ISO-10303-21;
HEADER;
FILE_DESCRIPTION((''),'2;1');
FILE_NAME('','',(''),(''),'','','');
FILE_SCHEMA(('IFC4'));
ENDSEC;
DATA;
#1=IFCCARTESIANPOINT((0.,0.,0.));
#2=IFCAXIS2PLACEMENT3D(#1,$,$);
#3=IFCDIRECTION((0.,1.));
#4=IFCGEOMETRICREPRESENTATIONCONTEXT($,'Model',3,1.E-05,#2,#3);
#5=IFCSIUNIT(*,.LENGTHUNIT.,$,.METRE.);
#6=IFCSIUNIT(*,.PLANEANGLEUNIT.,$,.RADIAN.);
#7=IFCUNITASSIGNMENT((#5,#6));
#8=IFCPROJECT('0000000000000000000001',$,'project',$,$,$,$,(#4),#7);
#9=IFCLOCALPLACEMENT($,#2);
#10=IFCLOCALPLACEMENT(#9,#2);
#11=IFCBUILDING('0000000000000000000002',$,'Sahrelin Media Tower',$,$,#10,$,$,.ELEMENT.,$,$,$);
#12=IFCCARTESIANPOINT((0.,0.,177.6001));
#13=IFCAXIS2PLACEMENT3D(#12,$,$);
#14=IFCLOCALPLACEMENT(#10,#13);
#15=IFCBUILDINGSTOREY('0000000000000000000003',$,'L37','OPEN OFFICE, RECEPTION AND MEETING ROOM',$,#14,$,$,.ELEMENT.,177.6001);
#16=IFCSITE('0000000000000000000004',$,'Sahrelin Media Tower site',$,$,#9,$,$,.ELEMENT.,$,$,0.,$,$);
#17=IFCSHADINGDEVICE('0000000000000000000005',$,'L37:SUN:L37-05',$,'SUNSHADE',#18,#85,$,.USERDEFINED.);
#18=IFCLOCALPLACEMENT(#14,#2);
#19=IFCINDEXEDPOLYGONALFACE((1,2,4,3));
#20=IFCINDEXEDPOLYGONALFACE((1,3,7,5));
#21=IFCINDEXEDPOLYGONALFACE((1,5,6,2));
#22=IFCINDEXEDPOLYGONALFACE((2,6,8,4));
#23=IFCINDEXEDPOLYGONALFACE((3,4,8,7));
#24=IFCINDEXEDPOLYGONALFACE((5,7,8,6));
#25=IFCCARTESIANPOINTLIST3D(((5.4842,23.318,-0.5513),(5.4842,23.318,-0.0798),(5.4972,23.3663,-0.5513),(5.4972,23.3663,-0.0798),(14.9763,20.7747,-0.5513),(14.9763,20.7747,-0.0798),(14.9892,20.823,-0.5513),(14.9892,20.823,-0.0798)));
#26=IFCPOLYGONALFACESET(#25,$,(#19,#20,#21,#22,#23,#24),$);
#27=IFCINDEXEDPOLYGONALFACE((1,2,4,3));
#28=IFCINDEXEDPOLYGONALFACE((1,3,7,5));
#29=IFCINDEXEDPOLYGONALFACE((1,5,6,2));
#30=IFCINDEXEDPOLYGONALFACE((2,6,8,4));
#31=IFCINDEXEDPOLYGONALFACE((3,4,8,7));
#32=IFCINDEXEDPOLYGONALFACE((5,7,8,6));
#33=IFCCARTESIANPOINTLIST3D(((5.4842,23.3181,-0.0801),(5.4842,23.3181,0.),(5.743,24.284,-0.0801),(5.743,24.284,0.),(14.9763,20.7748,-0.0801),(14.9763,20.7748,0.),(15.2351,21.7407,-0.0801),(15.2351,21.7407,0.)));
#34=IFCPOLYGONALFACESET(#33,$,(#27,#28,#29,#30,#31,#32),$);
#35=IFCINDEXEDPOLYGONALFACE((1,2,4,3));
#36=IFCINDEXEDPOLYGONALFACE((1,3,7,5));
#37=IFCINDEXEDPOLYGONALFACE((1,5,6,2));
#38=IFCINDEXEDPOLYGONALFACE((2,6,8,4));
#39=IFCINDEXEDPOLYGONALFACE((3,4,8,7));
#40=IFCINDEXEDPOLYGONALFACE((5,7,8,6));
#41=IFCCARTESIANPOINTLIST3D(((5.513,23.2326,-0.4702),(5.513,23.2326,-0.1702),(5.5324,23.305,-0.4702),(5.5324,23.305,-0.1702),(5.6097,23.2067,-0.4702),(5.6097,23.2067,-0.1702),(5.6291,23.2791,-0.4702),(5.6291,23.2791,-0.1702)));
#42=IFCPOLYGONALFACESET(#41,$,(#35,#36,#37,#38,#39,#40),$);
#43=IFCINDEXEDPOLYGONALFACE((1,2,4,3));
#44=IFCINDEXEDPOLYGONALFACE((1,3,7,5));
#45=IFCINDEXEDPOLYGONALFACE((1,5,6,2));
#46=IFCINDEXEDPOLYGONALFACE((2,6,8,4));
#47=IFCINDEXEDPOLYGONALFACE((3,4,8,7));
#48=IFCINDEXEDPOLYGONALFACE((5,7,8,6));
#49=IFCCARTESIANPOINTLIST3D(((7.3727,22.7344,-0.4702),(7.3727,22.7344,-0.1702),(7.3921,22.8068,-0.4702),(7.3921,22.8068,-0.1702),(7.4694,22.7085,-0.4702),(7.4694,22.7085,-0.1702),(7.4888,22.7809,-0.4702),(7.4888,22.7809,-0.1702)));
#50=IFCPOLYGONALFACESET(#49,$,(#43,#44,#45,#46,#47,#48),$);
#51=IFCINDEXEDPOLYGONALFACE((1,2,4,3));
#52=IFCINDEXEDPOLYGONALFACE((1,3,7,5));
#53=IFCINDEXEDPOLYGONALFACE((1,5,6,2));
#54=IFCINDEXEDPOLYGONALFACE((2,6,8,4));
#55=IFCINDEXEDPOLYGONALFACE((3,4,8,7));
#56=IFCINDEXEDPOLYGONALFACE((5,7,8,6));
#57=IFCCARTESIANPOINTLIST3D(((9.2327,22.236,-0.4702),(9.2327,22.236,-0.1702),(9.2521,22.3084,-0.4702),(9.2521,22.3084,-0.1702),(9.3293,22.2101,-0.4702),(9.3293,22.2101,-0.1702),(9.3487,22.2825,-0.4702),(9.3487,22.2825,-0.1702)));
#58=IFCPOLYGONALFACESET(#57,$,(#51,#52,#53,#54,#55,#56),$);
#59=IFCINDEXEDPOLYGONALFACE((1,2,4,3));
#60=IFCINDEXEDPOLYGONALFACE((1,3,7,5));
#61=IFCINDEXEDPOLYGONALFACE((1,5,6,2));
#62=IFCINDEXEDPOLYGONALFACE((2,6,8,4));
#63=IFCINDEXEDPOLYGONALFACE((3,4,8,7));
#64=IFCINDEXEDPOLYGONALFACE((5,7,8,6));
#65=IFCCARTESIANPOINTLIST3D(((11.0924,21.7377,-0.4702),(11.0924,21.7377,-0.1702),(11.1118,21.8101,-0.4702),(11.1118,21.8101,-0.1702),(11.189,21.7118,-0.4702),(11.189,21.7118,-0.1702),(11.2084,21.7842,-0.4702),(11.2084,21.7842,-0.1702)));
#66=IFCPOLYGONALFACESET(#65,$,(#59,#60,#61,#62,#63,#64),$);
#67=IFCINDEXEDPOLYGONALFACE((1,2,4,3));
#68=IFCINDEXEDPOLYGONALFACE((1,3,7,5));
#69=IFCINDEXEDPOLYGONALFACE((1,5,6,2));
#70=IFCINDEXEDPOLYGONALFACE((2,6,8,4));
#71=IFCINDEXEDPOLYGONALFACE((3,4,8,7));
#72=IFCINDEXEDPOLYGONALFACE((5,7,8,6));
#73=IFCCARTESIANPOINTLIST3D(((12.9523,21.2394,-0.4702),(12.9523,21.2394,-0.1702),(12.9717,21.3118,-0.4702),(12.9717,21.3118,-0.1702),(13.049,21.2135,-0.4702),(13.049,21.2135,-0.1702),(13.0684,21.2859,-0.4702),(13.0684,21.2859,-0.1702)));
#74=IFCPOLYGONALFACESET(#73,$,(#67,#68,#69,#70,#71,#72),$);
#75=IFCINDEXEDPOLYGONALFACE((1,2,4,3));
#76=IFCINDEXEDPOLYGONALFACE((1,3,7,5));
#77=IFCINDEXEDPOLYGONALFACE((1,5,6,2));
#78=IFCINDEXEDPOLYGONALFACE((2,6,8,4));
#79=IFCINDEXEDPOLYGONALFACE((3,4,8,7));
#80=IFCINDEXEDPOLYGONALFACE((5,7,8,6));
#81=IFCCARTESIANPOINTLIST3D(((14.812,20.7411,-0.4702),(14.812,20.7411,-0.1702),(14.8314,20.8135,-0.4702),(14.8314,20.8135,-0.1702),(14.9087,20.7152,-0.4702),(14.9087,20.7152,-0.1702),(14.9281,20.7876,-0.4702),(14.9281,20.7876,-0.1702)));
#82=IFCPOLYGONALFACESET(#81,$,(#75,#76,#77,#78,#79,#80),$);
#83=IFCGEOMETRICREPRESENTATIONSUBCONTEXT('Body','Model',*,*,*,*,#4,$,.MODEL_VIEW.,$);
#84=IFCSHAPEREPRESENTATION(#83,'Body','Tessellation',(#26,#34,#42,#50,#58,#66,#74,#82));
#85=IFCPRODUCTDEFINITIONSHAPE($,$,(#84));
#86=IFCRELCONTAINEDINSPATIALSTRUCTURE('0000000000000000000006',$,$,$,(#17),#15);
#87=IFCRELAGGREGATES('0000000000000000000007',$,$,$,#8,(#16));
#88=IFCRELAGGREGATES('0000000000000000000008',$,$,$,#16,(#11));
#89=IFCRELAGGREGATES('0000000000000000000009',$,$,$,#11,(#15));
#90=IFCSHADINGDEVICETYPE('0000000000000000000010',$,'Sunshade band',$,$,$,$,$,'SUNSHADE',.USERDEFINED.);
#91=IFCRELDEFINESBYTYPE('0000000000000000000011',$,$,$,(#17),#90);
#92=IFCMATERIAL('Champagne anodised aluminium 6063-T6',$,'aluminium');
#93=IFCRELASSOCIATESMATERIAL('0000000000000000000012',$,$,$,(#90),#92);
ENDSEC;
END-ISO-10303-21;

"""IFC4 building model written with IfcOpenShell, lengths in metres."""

from ifc_helpers import new_model, si_unit, direction, frame, origin, origin_2d, place, context, subcontext, project, spatial, rectangle, extrude, material, type_object, element, save


model = new_model("IFC4")

# Units and contexts
model_context = context("Model", 3, precision=1e-05, world=origin(), true_north=direction((0.0, 1.0)))
body_context = subcontext(model_context, "Body", "Model", "MODEL_VIEW")
ifc_project = project(units=[si_unit("LENGTHUNIT", "METRE"), si_unit("PLANEANGLEUNIT", "RADIAN")], contexts=[model_context])

# Site, building, storey
site_placement = place(None, origin())
site = spatial("IfcSite", under=ifc_project, at=site_placement, Name="Sahrelin Media Tower site", CompositionType="ELEMENT", RefElevation=0.0)
building_placement = place(site_placement, origin())
building = spatial("IfcBuilding", under=site, at=building_placement, Name="Sahrelin Media Tower", CompositionType="ELEMENT")
storey_placement = place(building_placement, frame((0.0, 0.0, 177.6001)))
storey = spatial("IfcBuildingStorey", under=building, at=storey_placement, Name="L37", Description="OPEN OFFICE, RECEPTION AND MEETING ROOM", CompositionType="ELEMENT", Elevation=177.6001)

# Shared definitions
ifc_material_1 = material(Name="Champagne anodised aluminium 6063-T6", Category="aluminium")

# Shading device
placement = place(storey_placement, frame((10.2251, 22.0271, 0.0), z_axis=(0.0, 0.0, 1.0), x_axis=(0.965929, -0.258808, 0.0)))
shading_device_type_1 = type_object("IfcShadingDeviceType", Name="Sunshade band", ElementType="SUNSHADE", PredefinedType="USERDEFINED", material=ifc_material_1)
element("IfcShadingDevice", 1, at=placement, inside=storey, type_object=shading_device_type_1, Name="L37:SUN:L37-05", ObjectType="SUNSHADE", PredefinedType="USERDEFINED", context=body_context, shape_type="SweptSolid", body=[
    extrude(rectangle(XDim=9.8269, YDim=0.05, at=origin_2d()), frame((0.0, 0.0449, -0.5513)), (0.0, 0.0, 1.0), 0.4714),
    extrude(rectangle(XDim=9.8269, YDim=1.0, at=origin_2d()), frame((0.0, 0.52, -0.0801)), (0.0, 0.0, 1.0), 0.0801),
    extrude(rectangle(XDim=0.1001, YDim=0.075, at=origin_2d()), frame((-4.8135, -0.0176, -0.4702)), (0.0, 0.0, 1.0), 0.3),
    extrude(rectangle(XDim=0.1001, YDim=0.075, at=origin_2d()), frame((-2.8882, -0.0176, -0.4702)), (0.0, 0.0, 1.0), 0.3),
    extrude(rectangle(XDim=0.1001, YDim=0.075, at=origin_2d()), frame((-0.9626, -0.0176, -0.4702)), (0.0, 0.0, 1.0), 0.3),
    extrude(rectangle(XDim=0.1001, YDim=0.075, at=origin_2d()), frame((0.9626, -0.0176, -0.4702)), (0.0, 0.0, 1.0), 0.3),
    extrude(rectangle(XDim=0.1001, YDim=0.075, at=origin_2d()), frame((2.8882, -0.0176, -0.4702)), (0.0, 0.0, 1.0), 0.3),
    extrude(rectangle(XDim=0.1001, YDim=0.075, at=origin_2d()), frame((4.8135, -0.0176, -0.4702)), (0.0, 0.0, 1.0), 0.3),
])

save(model, "model.ifc")
